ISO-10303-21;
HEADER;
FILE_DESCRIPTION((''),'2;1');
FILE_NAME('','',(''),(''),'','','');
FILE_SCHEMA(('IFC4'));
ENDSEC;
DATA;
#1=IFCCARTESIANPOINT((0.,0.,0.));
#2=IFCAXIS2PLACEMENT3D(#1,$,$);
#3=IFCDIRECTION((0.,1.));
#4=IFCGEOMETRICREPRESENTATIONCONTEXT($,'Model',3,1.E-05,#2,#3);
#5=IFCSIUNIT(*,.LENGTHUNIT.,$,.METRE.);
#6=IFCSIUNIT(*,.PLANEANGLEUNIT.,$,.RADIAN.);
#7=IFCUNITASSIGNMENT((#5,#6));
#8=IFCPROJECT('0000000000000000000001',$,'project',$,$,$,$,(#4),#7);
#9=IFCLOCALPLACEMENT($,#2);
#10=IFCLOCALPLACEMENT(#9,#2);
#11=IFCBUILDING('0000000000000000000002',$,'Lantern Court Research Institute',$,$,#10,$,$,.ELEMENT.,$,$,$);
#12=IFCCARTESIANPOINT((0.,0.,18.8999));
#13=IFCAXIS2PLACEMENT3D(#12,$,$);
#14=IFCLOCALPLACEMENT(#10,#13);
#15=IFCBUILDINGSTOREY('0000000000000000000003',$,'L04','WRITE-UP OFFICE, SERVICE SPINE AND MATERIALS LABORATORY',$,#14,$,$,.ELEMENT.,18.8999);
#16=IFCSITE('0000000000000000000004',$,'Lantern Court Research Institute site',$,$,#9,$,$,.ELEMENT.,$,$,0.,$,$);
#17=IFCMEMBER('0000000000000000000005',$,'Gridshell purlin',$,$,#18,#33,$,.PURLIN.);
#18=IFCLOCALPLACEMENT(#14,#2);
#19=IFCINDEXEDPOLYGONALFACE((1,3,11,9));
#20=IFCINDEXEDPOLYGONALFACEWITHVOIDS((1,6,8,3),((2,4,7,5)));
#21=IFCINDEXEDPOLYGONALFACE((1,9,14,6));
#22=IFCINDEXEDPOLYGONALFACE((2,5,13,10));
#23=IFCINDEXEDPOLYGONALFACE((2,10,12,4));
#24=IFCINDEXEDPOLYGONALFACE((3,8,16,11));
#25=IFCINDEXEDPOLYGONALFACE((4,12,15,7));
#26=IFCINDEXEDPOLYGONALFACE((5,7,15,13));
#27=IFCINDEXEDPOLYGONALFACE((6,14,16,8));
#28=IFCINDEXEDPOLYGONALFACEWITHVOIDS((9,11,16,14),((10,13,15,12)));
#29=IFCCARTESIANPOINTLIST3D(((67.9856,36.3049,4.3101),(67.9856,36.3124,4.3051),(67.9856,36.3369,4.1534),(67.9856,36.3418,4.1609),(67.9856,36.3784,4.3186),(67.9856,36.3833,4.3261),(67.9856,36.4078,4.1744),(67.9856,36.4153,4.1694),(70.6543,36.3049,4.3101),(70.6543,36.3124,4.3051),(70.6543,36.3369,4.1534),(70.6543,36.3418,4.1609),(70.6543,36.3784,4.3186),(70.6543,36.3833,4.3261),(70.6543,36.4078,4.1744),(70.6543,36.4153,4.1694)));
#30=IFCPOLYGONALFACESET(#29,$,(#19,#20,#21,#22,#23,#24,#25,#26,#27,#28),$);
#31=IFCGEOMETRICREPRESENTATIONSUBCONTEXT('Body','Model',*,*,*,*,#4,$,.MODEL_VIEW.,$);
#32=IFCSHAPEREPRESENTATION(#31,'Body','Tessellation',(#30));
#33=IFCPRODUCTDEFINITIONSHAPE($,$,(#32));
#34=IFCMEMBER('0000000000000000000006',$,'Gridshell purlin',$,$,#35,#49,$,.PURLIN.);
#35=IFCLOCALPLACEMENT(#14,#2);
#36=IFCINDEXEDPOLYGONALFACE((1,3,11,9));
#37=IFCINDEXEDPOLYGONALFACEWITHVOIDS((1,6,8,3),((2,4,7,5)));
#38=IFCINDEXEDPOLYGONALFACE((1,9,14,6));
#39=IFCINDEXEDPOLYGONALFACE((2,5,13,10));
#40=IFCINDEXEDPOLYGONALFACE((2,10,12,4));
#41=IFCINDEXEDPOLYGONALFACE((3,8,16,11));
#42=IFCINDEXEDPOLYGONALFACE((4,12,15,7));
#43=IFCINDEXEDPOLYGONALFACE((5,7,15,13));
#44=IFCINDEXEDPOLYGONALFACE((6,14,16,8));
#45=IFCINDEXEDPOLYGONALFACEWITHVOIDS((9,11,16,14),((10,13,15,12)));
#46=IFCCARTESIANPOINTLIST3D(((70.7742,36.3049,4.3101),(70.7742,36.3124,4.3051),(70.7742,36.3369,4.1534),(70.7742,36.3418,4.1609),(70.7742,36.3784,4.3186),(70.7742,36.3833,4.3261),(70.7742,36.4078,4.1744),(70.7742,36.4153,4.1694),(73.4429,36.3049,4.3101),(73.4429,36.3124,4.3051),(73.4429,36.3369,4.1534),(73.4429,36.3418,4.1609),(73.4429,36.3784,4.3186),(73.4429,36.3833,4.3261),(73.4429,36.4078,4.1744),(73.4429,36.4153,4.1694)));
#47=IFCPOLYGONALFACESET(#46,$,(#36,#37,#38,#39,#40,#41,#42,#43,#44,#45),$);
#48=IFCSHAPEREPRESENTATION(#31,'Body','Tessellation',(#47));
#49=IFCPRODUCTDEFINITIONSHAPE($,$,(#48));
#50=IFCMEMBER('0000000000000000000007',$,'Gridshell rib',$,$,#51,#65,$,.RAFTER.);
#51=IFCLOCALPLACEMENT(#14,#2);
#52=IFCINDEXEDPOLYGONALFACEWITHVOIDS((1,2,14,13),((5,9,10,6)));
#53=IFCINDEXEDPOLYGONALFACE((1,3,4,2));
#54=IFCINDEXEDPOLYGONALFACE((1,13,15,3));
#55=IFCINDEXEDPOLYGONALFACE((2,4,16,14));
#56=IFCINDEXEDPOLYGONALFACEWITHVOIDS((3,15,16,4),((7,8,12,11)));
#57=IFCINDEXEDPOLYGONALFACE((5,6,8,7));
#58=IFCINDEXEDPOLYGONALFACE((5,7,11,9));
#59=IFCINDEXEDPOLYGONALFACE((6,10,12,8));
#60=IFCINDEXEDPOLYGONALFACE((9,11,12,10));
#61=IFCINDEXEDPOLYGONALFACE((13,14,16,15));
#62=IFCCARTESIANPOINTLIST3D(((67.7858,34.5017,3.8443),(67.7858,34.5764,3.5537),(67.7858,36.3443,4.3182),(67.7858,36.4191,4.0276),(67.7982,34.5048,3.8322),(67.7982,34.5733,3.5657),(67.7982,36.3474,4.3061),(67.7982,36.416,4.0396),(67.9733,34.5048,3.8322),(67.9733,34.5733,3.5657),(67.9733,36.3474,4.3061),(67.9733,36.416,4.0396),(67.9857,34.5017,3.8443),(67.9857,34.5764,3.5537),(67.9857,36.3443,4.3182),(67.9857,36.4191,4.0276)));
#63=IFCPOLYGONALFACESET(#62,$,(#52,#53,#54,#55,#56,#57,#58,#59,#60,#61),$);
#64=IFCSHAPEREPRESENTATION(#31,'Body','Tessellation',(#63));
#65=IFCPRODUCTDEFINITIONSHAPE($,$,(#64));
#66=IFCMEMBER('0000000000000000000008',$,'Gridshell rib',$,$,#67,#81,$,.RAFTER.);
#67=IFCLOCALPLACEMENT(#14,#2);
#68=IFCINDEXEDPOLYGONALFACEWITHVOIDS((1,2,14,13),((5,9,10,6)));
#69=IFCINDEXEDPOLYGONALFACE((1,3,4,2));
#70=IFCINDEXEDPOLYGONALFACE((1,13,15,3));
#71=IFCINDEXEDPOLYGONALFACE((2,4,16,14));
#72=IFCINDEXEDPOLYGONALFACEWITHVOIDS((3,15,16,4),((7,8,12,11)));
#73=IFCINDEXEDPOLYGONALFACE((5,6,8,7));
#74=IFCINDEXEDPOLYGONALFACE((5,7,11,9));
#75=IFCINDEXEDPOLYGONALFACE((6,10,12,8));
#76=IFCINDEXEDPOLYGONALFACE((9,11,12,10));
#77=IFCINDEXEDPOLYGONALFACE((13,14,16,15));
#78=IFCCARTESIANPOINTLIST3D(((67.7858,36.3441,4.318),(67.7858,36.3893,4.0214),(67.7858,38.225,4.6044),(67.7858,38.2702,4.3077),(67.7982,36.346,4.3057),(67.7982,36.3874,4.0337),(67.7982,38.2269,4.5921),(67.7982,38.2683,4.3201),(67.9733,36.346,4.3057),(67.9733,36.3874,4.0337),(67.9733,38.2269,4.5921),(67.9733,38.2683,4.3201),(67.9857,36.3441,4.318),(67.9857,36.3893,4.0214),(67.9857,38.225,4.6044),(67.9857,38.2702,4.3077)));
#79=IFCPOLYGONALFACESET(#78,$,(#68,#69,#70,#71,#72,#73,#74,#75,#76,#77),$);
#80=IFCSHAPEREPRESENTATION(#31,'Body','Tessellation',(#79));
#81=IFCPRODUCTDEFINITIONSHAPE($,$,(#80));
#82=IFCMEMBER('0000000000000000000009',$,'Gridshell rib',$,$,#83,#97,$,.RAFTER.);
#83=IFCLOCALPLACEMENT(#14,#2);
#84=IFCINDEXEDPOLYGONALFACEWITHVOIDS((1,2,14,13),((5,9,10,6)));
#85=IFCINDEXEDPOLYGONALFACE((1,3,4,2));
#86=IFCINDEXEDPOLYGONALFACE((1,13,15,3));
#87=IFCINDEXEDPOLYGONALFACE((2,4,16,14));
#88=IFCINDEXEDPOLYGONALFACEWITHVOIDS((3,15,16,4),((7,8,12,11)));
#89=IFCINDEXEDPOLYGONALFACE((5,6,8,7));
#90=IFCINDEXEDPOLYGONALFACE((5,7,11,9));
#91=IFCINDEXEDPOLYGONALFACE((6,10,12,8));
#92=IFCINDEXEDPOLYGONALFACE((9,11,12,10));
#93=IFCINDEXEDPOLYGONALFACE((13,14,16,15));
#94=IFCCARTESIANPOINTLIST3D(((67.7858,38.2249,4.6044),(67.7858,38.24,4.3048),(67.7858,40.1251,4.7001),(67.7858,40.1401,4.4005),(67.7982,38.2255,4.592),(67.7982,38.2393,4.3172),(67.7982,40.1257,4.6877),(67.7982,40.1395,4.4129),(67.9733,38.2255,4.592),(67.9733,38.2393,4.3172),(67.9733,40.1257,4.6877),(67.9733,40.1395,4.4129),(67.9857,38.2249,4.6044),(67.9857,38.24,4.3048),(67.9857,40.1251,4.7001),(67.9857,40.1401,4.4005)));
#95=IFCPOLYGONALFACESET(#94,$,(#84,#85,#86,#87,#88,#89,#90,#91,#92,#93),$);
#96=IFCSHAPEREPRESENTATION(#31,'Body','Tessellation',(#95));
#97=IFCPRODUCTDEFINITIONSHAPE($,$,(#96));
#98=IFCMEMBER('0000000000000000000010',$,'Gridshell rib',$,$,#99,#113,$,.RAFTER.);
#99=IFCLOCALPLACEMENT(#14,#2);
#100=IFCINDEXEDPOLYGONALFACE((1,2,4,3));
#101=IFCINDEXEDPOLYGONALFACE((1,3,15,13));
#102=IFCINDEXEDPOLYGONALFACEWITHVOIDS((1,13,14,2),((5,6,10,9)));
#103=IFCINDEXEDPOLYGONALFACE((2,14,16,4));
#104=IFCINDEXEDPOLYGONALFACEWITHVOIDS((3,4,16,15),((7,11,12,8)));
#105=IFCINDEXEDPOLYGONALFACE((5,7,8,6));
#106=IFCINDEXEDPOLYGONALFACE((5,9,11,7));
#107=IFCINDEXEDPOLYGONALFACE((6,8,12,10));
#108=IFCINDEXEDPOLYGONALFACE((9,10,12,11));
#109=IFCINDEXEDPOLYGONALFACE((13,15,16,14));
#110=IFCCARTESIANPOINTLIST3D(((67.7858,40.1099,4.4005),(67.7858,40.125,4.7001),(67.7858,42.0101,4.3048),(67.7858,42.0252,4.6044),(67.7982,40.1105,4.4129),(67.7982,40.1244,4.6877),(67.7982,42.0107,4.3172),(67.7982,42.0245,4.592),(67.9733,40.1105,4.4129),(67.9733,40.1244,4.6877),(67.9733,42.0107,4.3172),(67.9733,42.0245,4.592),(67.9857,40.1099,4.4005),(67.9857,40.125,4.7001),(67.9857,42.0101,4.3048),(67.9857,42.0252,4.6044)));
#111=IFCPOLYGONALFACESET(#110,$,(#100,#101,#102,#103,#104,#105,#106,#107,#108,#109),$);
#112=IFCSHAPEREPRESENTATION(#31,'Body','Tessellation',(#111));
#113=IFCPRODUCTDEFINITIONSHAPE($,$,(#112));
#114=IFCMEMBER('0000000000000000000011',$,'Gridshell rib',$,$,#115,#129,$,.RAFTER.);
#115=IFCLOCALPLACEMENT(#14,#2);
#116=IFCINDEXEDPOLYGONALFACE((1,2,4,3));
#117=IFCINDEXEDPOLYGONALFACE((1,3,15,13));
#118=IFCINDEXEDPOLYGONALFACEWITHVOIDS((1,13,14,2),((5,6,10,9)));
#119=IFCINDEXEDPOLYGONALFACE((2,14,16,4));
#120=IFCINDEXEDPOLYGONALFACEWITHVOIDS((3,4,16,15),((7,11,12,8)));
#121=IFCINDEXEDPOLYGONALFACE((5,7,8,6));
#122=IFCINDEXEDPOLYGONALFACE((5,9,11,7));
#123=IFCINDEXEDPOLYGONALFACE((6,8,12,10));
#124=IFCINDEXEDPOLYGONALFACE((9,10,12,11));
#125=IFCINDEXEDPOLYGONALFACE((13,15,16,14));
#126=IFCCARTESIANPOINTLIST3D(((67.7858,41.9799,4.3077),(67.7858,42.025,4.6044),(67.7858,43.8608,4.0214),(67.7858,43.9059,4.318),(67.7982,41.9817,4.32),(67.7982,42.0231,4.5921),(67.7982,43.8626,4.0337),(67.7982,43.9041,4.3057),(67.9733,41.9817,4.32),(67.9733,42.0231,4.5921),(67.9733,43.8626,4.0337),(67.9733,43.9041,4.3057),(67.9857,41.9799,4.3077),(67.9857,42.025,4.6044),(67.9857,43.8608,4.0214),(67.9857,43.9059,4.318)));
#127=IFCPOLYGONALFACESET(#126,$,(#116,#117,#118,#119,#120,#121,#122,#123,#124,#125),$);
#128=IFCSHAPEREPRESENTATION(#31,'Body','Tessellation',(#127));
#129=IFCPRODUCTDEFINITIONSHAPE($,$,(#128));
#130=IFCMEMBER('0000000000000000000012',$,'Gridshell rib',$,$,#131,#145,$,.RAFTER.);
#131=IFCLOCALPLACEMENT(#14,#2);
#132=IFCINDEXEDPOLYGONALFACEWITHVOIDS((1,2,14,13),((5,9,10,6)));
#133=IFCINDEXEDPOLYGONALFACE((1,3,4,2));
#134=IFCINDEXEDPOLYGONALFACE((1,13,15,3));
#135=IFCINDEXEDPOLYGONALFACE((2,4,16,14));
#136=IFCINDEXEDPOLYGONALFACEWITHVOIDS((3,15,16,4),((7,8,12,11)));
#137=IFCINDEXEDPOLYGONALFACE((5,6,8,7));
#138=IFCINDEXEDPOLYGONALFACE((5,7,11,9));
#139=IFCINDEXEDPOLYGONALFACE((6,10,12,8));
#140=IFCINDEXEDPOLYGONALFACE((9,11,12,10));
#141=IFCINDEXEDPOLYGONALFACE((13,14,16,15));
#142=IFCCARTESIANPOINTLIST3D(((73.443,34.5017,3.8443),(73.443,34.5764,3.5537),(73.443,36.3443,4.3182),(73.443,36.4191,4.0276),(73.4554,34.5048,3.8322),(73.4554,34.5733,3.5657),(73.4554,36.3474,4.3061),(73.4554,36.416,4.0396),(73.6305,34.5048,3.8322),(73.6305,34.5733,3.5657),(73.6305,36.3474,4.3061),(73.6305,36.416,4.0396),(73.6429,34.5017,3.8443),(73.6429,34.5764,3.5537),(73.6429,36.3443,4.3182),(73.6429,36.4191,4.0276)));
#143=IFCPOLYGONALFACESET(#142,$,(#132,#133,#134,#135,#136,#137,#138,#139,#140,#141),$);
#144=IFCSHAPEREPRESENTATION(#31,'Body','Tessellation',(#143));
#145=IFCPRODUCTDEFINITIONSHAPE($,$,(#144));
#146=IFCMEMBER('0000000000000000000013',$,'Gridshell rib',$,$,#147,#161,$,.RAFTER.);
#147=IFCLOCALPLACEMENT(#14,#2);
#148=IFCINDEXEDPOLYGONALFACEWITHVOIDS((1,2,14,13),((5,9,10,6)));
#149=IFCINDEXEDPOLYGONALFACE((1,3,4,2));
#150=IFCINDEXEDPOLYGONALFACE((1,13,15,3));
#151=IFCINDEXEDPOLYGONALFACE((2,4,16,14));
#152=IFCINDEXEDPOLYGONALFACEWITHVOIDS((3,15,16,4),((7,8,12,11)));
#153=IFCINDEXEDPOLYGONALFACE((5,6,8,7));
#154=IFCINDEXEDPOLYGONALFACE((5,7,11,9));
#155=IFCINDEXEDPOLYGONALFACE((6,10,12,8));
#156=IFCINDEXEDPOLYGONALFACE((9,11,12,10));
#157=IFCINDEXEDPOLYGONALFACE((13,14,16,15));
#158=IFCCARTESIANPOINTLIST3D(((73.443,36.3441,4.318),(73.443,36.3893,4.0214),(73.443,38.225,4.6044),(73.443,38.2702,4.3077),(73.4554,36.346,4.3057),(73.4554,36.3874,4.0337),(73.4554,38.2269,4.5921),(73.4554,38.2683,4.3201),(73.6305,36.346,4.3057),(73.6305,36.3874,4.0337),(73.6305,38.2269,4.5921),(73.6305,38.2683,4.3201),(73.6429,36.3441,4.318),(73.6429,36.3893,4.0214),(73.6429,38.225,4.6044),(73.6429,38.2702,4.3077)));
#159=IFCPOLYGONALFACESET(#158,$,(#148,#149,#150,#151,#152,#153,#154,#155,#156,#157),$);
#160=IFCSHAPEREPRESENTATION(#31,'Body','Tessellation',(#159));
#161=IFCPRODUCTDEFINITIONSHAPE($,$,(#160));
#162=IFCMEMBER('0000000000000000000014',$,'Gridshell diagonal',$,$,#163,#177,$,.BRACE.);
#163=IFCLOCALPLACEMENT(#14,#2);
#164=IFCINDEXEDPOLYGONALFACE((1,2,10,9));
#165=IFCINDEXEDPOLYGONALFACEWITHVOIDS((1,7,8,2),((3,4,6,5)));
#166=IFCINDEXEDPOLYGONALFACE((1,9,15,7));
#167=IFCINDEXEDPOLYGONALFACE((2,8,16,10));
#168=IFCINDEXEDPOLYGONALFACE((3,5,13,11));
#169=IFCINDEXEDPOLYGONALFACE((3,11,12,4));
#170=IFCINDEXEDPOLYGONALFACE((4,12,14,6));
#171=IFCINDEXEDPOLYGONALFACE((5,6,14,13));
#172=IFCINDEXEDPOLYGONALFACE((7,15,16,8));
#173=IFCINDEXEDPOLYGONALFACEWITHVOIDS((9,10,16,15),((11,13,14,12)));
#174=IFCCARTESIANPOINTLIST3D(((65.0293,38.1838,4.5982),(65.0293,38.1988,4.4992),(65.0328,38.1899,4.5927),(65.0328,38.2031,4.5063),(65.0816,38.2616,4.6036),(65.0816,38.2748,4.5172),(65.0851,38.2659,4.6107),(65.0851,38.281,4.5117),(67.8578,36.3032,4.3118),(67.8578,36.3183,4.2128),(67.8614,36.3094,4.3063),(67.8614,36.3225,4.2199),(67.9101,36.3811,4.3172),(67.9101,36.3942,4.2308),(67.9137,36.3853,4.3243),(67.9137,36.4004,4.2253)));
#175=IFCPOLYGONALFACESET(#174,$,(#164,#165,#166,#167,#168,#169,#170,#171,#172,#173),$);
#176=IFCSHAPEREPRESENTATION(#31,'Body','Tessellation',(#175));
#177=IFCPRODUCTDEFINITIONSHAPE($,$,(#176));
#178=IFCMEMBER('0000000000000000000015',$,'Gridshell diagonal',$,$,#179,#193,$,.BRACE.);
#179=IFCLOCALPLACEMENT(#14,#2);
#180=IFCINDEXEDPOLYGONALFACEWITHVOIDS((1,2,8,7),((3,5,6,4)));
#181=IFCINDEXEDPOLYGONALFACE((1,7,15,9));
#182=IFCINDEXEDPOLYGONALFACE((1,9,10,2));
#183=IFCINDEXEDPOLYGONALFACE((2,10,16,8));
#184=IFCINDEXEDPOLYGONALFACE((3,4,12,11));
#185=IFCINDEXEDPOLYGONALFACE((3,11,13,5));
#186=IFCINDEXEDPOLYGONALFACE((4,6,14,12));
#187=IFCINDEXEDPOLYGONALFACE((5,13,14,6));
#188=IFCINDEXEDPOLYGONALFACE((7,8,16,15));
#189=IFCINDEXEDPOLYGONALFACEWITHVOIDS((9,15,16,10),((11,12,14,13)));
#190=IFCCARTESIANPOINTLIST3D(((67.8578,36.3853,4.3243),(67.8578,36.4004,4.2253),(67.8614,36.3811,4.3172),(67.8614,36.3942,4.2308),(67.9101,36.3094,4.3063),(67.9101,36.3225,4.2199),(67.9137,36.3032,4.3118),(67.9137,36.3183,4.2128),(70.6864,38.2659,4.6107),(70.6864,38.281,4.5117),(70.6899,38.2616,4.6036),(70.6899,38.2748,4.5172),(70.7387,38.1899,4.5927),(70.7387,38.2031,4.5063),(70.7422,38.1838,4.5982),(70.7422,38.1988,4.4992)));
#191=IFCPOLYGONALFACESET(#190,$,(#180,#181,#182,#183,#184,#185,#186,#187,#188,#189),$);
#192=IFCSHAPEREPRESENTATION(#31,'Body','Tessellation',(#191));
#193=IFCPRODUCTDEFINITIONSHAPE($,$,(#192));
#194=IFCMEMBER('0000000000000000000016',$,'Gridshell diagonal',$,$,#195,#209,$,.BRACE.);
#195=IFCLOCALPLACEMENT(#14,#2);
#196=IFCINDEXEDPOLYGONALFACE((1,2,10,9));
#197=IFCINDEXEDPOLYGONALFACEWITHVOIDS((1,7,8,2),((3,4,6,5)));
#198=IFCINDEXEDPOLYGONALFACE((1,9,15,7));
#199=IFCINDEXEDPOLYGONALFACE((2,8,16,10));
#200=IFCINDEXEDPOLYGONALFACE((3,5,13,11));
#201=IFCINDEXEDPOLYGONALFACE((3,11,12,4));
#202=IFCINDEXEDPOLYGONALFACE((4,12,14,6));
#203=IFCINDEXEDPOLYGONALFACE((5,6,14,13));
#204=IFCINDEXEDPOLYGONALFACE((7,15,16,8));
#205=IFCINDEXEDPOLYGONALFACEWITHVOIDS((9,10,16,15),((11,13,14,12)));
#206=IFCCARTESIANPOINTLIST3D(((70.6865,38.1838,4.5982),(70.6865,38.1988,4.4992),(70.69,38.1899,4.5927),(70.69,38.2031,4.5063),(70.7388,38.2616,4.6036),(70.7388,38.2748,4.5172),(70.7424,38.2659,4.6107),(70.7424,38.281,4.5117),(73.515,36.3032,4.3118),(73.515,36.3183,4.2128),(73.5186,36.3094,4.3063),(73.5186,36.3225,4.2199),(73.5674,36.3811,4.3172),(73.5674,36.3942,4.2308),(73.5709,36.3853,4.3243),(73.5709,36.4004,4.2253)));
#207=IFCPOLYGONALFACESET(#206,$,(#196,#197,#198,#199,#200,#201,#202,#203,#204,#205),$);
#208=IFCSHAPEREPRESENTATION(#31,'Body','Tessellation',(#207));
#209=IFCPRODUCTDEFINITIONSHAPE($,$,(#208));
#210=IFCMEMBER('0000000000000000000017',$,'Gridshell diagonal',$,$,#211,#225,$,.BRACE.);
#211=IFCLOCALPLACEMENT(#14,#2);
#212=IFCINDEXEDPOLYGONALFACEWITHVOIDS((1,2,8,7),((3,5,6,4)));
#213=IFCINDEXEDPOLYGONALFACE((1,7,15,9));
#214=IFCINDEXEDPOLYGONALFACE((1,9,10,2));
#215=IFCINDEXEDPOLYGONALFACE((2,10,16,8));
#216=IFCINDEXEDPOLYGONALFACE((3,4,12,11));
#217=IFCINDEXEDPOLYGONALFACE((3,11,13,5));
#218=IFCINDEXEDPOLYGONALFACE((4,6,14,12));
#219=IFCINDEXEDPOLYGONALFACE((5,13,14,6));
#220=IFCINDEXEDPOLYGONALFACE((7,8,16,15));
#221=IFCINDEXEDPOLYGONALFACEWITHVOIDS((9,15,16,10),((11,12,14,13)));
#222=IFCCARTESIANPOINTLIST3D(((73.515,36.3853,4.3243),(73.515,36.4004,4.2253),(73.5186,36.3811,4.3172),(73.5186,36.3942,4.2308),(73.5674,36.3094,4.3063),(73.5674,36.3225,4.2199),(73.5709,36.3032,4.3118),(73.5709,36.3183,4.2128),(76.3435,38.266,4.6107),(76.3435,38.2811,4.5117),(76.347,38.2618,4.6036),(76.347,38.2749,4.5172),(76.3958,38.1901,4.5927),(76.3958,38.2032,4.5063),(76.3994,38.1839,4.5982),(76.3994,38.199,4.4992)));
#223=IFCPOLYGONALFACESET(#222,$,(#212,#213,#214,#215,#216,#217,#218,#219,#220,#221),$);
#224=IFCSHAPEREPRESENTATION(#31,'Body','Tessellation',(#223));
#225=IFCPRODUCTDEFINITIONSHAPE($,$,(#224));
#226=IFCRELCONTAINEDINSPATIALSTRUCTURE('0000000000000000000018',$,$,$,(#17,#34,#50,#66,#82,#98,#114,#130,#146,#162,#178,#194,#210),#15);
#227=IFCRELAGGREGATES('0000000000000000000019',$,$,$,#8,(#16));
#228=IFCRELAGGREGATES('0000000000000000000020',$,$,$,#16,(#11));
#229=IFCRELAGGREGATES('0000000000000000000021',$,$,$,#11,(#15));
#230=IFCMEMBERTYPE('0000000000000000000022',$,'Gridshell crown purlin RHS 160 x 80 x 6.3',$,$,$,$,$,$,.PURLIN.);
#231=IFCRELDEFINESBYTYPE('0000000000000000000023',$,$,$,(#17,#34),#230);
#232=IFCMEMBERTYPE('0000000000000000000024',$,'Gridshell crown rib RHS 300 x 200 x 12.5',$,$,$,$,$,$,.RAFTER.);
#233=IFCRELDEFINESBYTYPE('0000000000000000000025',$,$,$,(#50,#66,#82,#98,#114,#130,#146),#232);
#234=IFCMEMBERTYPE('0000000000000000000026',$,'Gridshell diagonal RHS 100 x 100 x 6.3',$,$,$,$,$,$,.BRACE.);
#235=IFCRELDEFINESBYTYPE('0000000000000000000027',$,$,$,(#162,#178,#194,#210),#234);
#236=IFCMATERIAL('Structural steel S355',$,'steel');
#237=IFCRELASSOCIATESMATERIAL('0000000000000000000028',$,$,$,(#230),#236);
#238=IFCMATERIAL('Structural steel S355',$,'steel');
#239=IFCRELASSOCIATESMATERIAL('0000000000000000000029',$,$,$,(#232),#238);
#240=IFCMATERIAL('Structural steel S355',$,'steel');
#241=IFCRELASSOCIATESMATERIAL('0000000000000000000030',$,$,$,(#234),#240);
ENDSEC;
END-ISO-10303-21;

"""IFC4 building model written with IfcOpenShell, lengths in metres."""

from ifc_helpers import new_model, si_unit, direction, frame, origin, origin_2d, place, context, subcontext, project, spatial, hollow_rectangle, extrude, material, material_profile, profile_set, type_object, element, save


model = new_model("IFC4")

# Units and contexts
model_context = context("Model", 3, precision=1e-05, world=origin(), true_north=direction((0.0, 1.0)))
body_context = subcontext(model_context, "Body", "Model", "MODEL_VIEW")
ifc_project = project(units=[si_unit("LENGTHUNIT", "METRE"), si_unit("PLANEANGLEUNIT", "RADIAN")], contexts=[model_context])

# Site, building, storey
site_placement = place(None, origin())
site = spatial("IfcSite", under=ifc_project, at=site_placement, Name="Lantern Court Research Institute site", CompositionType="ELEMENT", RefElevation=0.0)
building_placement = place(site_placement, origin())
building = spatial("IfcBuilding", under=site, at=building_placement, Name="Lantern Court Research Institute", CompositionType="ELEMENT")
storey_placement = place(building_placement, frame((0.0, 0.0, 18.8999)))
storey = spatial("IfcBuildingStorey", under=building, at=storey_placement, Name="L04", Description="WRITE-UP OFFICE, SERVICE SPINE AND MATERIALS LABORATORY", CompositionType="ELEMENT", Elevation=18.8999)

# Members
ifc_material_1 = material(Name="Structural steel S355", Category="steel")
ifc_material_profile_1 = material_profile(ifc_material_1, hollow_rectangle(XDim=0.0801, YDim=0.1599, WallThickness=0.0063, at=origin_2d()), Name="Gridshell crown purlin RHS 160 x 80 x 6.3")
ifc_profile_set_1 = profile_set([ifc_material_profile_1], Name="Structural steel S355")
member_type_1 = type_object("IfcMemberType", Name="Gridshell crown purlin RHS 160 x 80 x 6.3", PredefinedType="PURLIN", material=ifc_profile_set_1)
for number, where, z_axis, x_axis, name in (
    (1, (67.9856, 36.3601, 4.2397), (1.0, 0.0, 0.0), (0.0, 0.979787, 0.200043), "Gridshell purlin"),
    (2, (70.7742, 36.3601, 4.2397), (1.0, 0.0, 0.0), (0.0, 0.979787, 0.200043), "Gridshell purlin"),
):
    element("IfcMember", number, at=place(storey_placement, frame(where, z_axis=z_axis, x_axis=x_axis)), inside=storey, type_object=member_type_1, Name=name, PredefinedType="PURLIN", context=body_context, shape_type="SweptSolid", body=[
        extrude(hollow_rectangle(XDim=0.0801, YDim=0.1599, WallThickness=0.0063, at=origin_2d()), origin(), (0.0, 0.0, 1.0), 2.6687),
    ])
ifc_material_2 = material(Name="Structural steel S355", Category="steel")
ifc_material_profile_2 = material_profile(ifc_material_2, hollow_rectangle(XDim=0.2, YDim=0.3, WallThickness=0.0125, at=origin_2d()), Name="Gridshell crown rib RHS 300 x 200 x 12.5")
ifc_profile_set_2 = profile_set([ifc_material_profile_2], Name="Structural steel S355")
member_type_2 = type_object("IfcMemberType", Name="Gridshell crown rib RHS 300 x 200 x 12.5", PredefinedType="RAFTER", material=ifc_profile_set_2)
for number, where, z_axis, x_axis, name in (
    (3, (67.8857, 34.5391, 3.699), (0.0, 0.968482, 0.249082), (-1.0, 0.0, 0.0), "Gridshell rib"),
    (4, (67.8857, 36.3667, 4.1697), (0.0, 0.988606, 0.150524), (-1.0, 0.0, 0.0), "Gridshell rib"),
    (5, (67.8857, 38.2324, 4.4546), (0.0, 0.998734, 0.050302), (-1.0, 0.0, 0.0), "Gridshell rib"),
    (6, (67.8857, 40.1174, 4.5503), (0.0, 0.998734, -0.050302), (-1.0, 0.0, 0.0), "Gridshell rib"),
    (7, (67.8857, 42.0024, 4.4561), (0.0, 0.988606, -0.150524), (-1.0, 0.0, 0.0), "Gridshell rib"),
    (8, (73.543, 34.5391, 3.699), (0.0, 0.968482, 0.249082), (-1.0, 0.0, 0.0), "Gridshell rib"),
    (9, (73.543, 36.3667, 4.1697), (0.0, 0.988606, 0.150524), (-1.0, 0.0, 0.0), "Gridshell rib"),
):
    element("IfcMember", number, at=place(storey_placement, frame(where, z_axis=z_axis, x_axis=x_axis)), inside=storey, type_object=member_type_2, Name=name, PredefinedType="RAFTER", context=body_context, shape_type="SweptSolid", body=[
        extrude(hollow_rectangle(XDim=0.2, YDim=0.3, WallThickness=0.0125, at=origin_2d()), origin(), (0.0, 0.0, 1.0), 1.9026),
    ])
ifc_material_3 = material(Name="Structural steel S355", Category="steel")
ifc_material_profile_3 = material_profile(ifc_material_3, hollow_rectangle(XDim=0.1001, YDim=0.1001, WallThickness=0.0063, at=origin_2d()), Name="Gridshell diagonal RHS 100 x 100 x 6.3")
ifc_profile_set_3 = profile_set([ifc_material_profile_3], Name="Structural steel S355")
member_type_3 = type_object("IfcMemberType", Name="Gridshell diagonal RHS 100 x 100 x 6.3", PredefinedType="BRACE", material=ifc_profile_set_3)
for number, where, z_axis, x_axis, name in (
    (10, (67.8857, 36.3518, 4.2686), (-0.829802, 0.551698, 0.084012), (-0.558057, -0.820354, -0.124863), "Gridshell diagonal"),
    (11, (67.8857, 36.3518, 4.2686), (0.829802, 0.551698, 0.084012), (-0.558057, 0.820354, 0.124863), "Gridshell diagonal"),
    (12, (73.543, 36.3518, 4.2686), (-0.829802, 0.551698, 0.084012), (-0.558057, -0.820354, -0.124863), "Gridshell diagonal"),
    (13, (73.543, 36.3518, 4.2686), (0.82978, 0.55173, 0.084017), (-0.558091, 0.820332, 0.124862), "Gridshell diagonal"),
):
    element("IfcMember", number, at=place(storey_placement, frame(where, z_axis=z_axis, x_axis=x_axis)), inside=storey, type_object=member_type_3, Name=name, PredefinedType="BRACE", context=body_context, shape_type="SweptSolid", body=[
        extrude(hollow_rectangle(XDim=0.1001, YDim=0.1001, WallThickness=0.0063, at=origin_2d()), origin(), (0.0, 0.0, 1.0), 3.4087),
    ])

save(model, "model.ifc")
